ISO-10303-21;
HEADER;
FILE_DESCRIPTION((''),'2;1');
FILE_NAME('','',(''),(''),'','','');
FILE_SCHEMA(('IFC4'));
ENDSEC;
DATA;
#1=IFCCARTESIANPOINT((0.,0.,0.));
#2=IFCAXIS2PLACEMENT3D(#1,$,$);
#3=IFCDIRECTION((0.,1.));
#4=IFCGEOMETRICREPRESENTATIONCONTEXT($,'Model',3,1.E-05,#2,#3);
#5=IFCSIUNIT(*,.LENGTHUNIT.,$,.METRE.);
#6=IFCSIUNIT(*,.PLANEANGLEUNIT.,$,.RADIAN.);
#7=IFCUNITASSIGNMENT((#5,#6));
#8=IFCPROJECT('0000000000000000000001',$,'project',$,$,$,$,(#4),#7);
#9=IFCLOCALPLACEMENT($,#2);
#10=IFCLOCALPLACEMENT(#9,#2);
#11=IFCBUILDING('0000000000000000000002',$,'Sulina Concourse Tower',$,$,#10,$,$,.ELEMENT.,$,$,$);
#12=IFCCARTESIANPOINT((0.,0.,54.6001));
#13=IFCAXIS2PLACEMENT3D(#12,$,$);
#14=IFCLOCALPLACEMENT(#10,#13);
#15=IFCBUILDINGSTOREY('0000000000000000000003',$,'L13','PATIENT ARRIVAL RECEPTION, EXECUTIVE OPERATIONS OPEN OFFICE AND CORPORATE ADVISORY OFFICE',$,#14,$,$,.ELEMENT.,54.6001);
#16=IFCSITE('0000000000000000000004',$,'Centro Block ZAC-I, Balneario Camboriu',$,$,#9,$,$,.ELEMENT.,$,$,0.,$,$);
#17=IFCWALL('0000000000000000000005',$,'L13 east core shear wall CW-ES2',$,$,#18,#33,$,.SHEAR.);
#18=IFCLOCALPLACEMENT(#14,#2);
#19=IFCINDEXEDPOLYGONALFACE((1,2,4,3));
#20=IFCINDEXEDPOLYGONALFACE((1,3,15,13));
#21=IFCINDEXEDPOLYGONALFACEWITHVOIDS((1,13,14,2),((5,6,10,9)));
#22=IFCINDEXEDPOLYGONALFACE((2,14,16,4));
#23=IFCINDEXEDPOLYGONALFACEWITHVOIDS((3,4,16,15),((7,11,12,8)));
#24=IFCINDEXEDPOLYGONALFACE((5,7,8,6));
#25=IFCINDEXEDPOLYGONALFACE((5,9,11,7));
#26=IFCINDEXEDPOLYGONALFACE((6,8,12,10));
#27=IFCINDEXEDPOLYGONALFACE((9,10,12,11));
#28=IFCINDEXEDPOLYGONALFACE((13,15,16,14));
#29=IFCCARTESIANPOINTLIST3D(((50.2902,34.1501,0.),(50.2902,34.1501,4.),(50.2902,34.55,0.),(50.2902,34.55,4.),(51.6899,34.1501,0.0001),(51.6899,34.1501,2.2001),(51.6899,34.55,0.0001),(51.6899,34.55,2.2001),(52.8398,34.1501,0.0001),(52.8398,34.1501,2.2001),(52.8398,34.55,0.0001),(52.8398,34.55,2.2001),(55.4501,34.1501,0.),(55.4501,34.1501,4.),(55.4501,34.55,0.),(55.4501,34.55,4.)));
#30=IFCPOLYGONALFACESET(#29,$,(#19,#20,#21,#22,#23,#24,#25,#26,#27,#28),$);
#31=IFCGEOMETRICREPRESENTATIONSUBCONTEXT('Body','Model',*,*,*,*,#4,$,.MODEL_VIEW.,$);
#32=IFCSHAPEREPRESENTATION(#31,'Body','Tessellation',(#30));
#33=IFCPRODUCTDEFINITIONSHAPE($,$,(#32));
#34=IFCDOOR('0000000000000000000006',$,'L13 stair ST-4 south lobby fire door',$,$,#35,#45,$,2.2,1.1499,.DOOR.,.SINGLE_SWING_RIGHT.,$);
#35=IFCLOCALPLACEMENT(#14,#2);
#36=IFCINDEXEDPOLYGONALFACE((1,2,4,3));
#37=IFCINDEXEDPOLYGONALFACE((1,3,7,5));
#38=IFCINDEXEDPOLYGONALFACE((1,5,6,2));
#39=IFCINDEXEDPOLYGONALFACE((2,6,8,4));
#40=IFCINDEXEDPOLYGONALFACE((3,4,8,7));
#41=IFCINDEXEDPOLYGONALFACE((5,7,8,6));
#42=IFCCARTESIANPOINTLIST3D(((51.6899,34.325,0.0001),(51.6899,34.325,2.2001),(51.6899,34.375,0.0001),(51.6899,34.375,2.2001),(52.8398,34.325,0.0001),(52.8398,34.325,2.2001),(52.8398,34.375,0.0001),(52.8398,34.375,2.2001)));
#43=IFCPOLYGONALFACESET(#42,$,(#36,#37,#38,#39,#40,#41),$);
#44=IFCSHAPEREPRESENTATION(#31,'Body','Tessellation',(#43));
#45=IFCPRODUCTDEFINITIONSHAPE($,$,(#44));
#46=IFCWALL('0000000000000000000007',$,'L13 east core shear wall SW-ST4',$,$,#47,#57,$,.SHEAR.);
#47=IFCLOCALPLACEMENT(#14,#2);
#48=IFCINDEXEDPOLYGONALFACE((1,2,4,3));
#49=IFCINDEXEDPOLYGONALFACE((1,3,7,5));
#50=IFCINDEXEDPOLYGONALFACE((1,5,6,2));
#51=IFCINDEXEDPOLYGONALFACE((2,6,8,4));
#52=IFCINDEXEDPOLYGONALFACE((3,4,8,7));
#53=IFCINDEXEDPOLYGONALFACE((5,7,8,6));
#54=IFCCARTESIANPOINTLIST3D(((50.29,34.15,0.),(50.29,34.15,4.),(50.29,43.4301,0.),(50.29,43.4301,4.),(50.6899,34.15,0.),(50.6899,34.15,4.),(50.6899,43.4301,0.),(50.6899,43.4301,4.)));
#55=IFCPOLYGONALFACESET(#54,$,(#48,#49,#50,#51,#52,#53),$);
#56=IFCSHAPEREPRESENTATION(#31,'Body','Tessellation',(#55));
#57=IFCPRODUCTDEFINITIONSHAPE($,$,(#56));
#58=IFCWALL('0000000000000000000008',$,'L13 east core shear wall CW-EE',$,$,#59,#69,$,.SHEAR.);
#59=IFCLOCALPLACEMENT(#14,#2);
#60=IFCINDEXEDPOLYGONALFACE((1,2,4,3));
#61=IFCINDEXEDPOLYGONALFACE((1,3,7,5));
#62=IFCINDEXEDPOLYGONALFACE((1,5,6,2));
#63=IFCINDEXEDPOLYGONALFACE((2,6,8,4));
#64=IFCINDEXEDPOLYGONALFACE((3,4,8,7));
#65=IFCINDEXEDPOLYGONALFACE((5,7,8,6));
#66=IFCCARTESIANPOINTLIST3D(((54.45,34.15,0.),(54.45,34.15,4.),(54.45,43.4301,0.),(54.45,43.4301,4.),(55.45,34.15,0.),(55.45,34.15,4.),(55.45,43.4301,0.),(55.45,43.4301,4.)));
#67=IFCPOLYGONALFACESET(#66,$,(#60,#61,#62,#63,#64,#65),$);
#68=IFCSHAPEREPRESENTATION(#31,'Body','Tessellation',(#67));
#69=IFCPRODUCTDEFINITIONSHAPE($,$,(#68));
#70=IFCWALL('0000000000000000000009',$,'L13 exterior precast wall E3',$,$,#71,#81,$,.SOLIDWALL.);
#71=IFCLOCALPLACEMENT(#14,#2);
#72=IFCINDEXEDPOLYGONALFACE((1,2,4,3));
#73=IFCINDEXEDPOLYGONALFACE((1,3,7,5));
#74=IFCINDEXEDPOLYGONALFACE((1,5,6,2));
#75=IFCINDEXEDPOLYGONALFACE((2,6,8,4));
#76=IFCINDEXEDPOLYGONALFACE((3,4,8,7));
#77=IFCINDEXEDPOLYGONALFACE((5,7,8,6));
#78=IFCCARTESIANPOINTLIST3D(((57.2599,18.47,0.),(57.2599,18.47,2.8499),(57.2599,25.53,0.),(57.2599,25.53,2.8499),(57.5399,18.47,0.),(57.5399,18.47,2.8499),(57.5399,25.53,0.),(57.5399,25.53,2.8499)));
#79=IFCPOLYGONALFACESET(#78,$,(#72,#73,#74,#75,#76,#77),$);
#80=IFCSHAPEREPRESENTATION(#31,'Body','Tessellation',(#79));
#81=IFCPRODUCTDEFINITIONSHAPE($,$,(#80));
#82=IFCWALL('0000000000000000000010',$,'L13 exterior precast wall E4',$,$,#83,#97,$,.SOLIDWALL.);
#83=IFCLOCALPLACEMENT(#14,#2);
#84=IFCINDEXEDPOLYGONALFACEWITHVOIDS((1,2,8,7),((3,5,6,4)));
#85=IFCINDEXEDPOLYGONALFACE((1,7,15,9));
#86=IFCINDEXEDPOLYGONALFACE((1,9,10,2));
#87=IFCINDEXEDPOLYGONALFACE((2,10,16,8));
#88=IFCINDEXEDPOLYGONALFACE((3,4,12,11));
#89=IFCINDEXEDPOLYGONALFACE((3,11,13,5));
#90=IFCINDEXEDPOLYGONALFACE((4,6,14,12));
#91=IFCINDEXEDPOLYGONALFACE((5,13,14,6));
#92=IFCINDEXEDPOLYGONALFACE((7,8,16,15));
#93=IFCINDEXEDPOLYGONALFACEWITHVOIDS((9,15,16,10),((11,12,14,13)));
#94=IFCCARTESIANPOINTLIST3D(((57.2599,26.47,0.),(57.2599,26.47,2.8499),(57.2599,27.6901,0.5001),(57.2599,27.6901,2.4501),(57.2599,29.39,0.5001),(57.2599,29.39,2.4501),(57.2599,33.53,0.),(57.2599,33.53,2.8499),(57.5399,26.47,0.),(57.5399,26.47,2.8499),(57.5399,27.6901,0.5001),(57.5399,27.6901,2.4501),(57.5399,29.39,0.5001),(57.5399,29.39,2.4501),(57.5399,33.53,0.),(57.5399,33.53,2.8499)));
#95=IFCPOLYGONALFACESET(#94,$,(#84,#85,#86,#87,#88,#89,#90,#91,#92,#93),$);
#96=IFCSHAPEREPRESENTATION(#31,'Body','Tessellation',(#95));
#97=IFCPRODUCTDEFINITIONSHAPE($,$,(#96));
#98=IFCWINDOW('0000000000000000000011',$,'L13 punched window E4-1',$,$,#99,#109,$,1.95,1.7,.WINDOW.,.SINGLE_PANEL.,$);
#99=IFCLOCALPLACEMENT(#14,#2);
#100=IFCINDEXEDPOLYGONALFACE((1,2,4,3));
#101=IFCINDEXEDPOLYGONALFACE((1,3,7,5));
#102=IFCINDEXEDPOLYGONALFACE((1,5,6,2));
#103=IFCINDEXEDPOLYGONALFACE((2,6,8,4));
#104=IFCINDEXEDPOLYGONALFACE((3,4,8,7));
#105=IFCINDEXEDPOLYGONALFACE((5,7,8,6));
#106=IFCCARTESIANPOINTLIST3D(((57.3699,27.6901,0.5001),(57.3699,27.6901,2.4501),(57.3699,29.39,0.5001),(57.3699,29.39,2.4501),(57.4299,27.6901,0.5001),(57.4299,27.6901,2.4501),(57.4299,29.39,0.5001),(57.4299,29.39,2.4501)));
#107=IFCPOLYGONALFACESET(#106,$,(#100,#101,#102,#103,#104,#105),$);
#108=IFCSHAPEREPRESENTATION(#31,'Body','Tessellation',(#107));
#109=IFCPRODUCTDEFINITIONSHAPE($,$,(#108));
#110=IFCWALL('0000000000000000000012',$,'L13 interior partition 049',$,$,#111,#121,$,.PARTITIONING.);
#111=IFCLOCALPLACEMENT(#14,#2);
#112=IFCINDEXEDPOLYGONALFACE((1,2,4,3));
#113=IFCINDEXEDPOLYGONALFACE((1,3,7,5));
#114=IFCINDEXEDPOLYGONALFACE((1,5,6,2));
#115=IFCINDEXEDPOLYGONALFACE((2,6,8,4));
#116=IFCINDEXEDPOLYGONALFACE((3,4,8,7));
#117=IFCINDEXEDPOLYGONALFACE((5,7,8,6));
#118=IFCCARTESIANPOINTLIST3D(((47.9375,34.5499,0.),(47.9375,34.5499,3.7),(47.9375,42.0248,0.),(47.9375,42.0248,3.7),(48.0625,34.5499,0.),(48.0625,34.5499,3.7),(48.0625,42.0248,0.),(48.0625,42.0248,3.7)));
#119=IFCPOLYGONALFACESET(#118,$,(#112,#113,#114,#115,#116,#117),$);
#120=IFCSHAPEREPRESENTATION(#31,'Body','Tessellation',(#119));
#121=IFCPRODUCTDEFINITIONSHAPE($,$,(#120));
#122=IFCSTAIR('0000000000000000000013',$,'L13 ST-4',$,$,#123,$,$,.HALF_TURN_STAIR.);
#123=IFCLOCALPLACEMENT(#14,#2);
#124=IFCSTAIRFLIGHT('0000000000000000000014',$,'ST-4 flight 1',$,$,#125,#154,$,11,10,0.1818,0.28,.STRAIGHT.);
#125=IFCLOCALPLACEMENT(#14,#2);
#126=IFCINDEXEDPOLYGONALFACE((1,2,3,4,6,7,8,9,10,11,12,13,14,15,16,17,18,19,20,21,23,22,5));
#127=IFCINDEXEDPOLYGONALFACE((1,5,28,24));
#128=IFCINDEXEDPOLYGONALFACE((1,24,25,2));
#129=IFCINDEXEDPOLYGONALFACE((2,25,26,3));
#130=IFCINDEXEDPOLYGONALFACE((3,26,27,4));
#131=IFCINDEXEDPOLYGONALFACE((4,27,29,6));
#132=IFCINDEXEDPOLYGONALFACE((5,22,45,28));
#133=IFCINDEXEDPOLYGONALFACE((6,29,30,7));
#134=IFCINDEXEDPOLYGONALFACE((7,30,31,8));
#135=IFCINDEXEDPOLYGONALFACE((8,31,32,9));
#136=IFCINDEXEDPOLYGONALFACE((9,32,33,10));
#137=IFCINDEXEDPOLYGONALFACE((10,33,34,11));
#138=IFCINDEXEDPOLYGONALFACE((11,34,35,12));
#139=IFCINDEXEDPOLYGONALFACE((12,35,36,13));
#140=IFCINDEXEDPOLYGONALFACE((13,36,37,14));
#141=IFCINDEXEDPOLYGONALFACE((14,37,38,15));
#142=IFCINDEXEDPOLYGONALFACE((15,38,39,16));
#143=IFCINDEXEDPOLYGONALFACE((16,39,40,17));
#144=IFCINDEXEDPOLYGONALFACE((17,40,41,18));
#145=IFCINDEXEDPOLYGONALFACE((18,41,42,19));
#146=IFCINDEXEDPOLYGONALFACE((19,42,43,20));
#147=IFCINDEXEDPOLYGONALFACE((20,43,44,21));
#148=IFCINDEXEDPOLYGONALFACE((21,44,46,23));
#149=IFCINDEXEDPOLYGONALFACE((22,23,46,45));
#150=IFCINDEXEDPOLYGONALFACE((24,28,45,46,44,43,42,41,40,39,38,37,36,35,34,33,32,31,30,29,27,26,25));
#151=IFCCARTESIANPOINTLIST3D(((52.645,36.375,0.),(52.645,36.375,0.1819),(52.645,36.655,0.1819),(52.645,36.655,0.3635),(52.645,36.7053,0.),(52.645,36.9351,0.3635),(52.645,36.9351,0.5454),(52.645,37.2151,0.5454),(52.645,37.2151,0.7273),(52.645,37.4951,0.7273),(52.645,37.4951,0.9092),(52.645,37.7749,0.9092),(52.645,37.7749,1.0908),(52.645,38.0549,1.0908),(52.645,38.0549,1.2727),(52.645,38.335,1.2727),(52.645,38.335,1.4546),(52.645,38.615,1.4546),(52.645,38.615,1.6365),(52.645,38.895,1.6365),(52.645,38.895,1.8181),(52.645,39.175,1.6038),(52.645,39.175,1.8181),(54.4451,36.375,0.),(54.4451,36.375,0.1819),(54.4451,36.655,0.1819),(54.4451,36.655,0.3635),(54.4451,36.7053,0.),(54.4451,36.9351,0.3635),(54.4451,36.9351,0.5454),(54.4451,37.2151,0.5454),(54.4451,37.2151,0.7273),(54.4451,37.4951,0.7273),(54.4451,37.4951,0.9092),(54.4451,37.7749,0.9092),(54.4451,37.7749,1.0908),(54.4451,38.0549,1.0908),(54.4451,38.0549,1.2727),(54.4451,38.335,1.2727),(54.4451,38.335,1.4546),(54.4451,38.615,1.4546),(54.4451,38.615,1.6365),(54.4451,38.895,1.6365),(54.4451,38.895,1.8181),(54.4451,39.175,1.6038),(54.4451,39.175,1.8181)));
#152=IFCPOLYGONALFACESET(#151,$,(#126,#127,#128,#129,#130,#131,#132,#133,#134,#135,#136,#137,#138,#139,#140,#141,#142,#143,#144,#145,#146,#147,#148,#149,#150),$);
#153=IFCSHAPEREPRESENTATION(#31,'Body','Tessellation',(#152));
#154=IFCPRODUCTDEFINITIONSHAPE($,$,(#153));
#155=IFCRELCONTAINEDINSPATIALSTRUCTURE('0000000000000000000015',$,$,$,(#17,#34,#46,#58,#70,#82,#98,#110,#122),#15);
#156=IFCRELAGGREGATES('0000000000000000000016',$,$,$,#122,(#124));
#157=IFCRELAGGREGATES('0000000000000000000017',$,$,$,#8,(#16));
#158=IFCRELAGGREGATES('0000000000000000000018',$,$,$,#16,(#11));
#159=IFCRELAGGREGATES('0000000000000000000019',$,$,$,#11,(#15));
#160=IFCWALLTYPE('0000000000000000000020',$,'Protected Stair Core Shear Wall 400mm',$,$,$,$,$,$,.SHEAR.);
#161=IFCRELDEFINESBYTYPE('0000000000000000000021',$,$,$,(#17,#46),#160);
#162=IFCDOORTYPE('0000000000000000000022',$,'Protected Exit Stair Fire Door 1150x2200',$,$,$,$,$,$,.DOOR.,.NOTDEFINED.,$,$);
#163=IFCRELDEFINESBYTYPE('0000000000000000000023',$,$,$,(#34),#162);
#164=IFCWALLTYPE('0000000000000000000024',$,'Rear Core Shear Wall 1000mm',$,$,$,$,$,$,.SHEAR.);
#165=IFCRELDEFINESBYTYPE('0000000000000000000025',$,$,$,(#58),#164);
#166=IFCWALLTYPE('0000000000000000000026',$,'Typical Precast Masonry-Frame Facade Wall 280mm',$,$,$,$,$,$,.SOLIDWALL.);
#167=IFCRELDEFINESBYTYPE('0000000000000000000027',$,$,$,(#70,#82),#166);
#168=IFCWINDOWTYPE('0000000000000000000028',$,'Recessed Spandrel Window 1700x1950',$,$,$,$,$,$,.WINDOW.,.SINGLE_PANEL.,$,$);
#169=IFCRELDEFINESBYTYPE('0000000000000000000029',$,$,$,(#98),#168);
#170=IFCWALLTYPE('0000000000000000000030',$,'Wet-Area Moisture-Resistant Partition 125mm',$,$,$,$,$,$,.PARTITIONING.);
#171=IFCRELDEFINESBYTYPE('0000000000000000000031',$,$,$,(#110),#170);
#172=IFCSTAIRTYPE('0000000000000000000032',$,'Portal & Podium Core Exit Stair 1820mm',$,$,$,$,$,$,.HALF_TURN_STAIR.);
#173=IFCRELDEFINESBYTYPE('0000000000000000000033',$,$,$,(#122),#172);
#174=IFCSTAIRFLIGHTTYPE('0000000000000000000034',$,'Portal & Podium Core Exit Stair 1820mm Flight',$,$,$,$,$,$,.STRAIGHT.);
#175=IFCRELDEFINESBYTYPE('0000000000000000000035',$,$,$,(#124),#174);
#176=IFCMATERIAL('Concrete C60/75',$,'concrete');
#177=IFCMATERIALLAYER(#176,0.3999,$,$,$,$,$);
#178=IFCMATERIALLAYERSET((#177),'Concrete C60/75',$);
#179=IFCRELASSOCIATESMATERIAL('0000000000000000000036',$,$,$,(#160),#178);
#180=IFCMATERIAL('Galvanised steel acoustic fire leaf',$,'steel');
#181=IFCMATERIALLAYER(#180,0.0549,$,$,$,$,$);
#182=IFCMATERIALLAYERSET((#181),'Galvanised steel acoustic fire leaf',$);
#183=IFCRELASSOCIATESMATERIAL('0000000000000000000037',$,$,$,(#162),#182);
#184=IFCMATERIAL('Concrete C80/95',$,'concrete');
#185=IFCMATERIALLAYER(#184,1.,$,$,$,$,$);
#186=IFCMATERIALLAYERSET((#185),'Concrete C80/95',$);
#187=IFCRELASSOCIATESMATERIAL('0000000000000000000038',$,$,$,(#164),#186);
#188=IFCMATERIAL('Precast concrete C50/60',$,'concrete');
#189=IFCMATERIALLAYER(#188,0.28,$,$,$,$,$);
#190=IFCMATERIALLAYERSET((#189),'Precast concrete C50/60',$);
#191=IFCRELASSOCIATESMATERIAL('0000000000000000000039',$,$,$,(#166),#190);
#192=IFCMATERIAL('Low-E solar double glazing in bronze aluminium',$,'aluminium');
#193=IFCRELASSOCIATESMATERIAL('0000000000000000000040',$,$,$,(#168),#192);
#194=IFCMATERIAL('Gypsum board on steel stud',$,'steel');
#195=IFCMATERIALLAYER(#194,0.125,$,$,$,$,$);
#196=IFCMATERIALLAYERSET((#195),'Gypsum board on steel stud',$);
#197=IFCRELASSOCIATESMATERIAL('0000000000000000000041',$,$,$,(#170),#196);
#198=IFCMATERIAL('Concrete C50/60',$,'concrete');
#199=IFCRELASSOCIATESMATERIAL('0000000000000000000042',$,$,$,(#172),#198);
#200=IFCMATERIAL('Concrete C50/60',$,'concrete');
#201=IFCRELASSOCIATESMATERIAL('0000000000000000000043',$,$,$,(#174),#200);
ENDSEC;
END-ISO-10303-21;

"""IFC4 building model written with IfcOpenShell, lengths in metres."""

from ifc_helpers import new_model, si_unit, direction, frame, frame_2d, origin, place, context, subcontext, project, spatial, polyline, rectangle, outline, extrude, material, layer, layer_set, type_object, element, fill, aggregate, save


model = new_model("IFC4")

# Units and contexts
model_context = context("Model", 3, precision=1e-05, world=origin(), true_north=direction((0.0, 1.0)))
body_context = subcontext(model_context, "Body", "Model", "MODEL_VIEW")
ifc_project = project(units=[si_unit("LENGTHUNIT", "METRE"), si_unit("PLANEANGLEUNIT", "RADIAN")], contexts=[model_context])

# Site, building, storey
site_placement = place(None, origin())
site = spatial("IfcSite", under=ifc_project, at=site_placement, Name="Centro Block ZAC-I, Balneario Camboriu", CompositionType="ELEMENT", RefElevation=0.0)
building_placement = place(site_placement, origin())
building = spatial("IfcBuilding", under=site, at=building_placement, Name="Sulina Concourse Tower", CompositionType="ELEMENT")
storey_placement = place(building_placement, frame((0.0, 0.0, 54.6001)))
storey = spatial("IfcBuildingStorey", under=building, at=storey_placement, Name="L13", Description="PATIENT ARRIVAL RECEPTION, EXECUTIVE OPERATIONS OPEN OFFICE AND CORPORATE ADVISORY OFFICE", CompositionType="ELEMENT", Elevation=54.6001)

# Shared definitions
ifc_material_1 = material(Name="Concrete C60/75", Category="concrete")
ifc_layer_1 = layer(ifc_material_1, 0.3999)
ifc_layer_set_1 = layer_set([ifc_layer_1], Name="Concrete C60/75")
wall_type_1 = type_object("IfcWallType", Name="Protected Stair Core Shear Wall 400mm", PredefinedType="SHEAR", material=ifc_layer_set_1)

# Wall, opening, door
wall_1_placement = place(storey_placement, frame((50.29, 34.3501, 0.0), z_axis=(0.0, 0.0, 1.0), x_axis=(1.0, 0.0, 0.0)))
wall_1 = element("IfcWall", 1, at=wall_1_placement, inside=storey, type_object=wall_type_1, Name="L13 east core shear wall CW-ES2", PredefinedType="SHEAR", context=body_context, shape_type="SweptSolid", body=[
    extrude(rectangle(XDim=5.1599, YDim=0.3999, at=frame_2d((2.5801, 0.0))), origin(), (0.0, 0.0, 1.0), 4.0),
])
opening_1_placement = place(wall_1_placement, frame((1.3999, 0.0, 0.0)))
opening_1 = element("IfcOpeningElement", 2, at=opening_1_placement, cuts=wall_1, PredefinedType="OPENING", context=body_context, shape_type="SweptSolid", body=[
    extrude(rectangle(XDim=1.1499, YDim=2.2, at=frame_2d((0.575, 1.1001))), frame((0.0, 0.21, 0.0), z_axis=(0.0, -1.0, 0.0), x_axis=(1.0, 0.0, 0.0)), (0.0, 0.0, 1.0), 0.4199),
])
ifc_material_2 = material(Name="Galvanised steel acoustic fire leaf", Category="steel")
ifc_layer_2 = layer(ifc_material_2, 0.0549)
ifc_layer_set_2 = layer_set([ifc_layer_2], Name="Galvanised steel acoustic fire leaf")
door_type_1 = type_object("IfcDoorType", Name="Protected Exit Stair Fire Door 1150x2200", OperationType="NOTDEFINED", PredefinedType="DOOR", material=ifc_layer_set_2)
door_1_placement = place(opening_1_placement, origin())
door_1 = element("IfcDoor", 3, at=door_1_placement, inside=storey, type_object=door_type_1, Name="L13 stair ST-4 south lobby fire door", OperationType="SINGLE_SWING_RIGHT", OverallHeight=2.2, OverallWidth=1.1499, PredefinedType="DOOR", context=body_context, shape_type="SweptSolid", body=[
    extrude(rectangle(XDim=1.1499, YDim=2.2, at=frame_2d((0.575, 1.1001))), frame((0.0, 0.0249, 0.0), z_axis=(0.0, -1.0, 0.0), x_axis=(1.0, 0.0, 0.0)), (0.0, 0.0, 1.0), 0.05),
])
fill(opening_1, door_1)

# Walls
wall_2_placement = place(storey_placement, frame((50.49, 34.1499, 0.0), z_axis=(0.0, 0.0, 1.0), x_axis=(0.0, 1.0, 0.0)))
element("IfcWall", 4, at=wall_2_placement, inside=storey, type_object=wall_type_1, Name="L13 east core shear wall SW-ST4", PredefinedType="SHEAR", context=body_context, shape_type="SweptSolid", body=[
    extrude(rectangle(XDim=9.28, YDim=0.3999, at=frame_2d((4.6401, 0.0))), origin(), (0.0, 0.0, 1.0), 4.0),
])
ifc_material_3 = material(Name="Concrete C80/95", Category="concrete")
ifc_layer_3 = layer(ifc_material_3, 1.0)
ifc_layer_set_3 = layer_set([ifc_layer_3], Name="Concrete C80/95")
wall_type_2 = type_object("IfcWallType", Name="Rear Core Shear Wall 1000mm", PredefinedType="SHEAR", material=ifc_layer_set_3)
wall_3_placement = place(storey_placement, frame((54.95, 34.1499, 0.0), z_axis=(0.0, 0.0, 1.0), x_axis=(0.0, 1.0, 0.0)))
element("IfcWall", 5, at=wall_3_placement, inside=storey, type_object=wall_type_2, Name="L13 east core shear wall CW-EE", PredefinedType="SHEAR", context=body_context, shape_type="SweptSolid", body=[
    extrude(rectangle(XDim=9.28, YDim=1.0, at=frame_2d((4.6401, 0.0))), origin(), (0.0, 0.0, 1.0), 4.0),
])
ifc_material_4 = material(Name="Precast concrete C50/60", Category="concrete")
ifc_layer_4 = layer(ifc_material_4, 0.28)
ifc_layer_set_4 = layer_set([ifc_layer_4], Name="Precast concrete C50/60")
wall_type_3 = type_object("IfcWallType", Name="Typical Precast Masonry-Frame Facade Wall 280mm", PredefinedType="SOLIDWALL", material=ifc_layer_set_4)
wall_4_placement = place(storey_placement, frame((57.3999, 25.53, 0.0), z_axis=(0.0, 0.0, 1.0), x_axis=(0.0, -1.0, 0.0)))
element("IfcWall", 6, at=wall_4_placement, inside=storey, type_object=wall_type_3, Name="L13 exterior precast wall E3", PredefinedType="SOLIDWALL", context=body_context, shape_type="SweptSolid", body=[
    extrude(rectangle(XDim=7.0601, YDim=0.28, at=frame_2d((3.53, 0.0))), origin(), (0.0, 0.0, 1.0), 2.8499),
])

# Wall, opening, window
wall_5_placement = place(storey_placement, frame((57.3999, 33.53, 0.0), z_axis=(0.0, 0.0, 1.0), x_axis=(0.0, -1.0, 0.0)))
wall_5 = element("IfcWall", 7, at=wall_5_placement, inside=storey, type_object=wall_type_3, Name="L13 exterior precast wall E4", PredefinedType="SOLIDWALL", context=body_context, shape_type="SweptSolid", body=[
    extrude(rectangle(XDim=7.0601, YDim=0.28, at=frame_2d((3.53, 0.0))), origin(), (0.0, 0.0, 1.0), 2.8499),
])
opening_2_placement = place(wall_5_placement, frame((4.1399, 0.0, 0.5)))
opening_2 = element("IfcOpeningElement", 8, at=opening_2_placement, cuts=wall_5, PredefinedType="OPENING", context=body_context, shape_type="SweptSolid", body=[
    extrude(rectangle(XDim=1.7, YDim=1.95, at=frame_2d((0.8501, 0.9751))), frame((0.0, 0.1499, 0.0), z_axis=(0.0, -1.0, 0.0), x_axis=(1.0, 0.0, 0.0)), (0.0, 0.0, 1.0), 0.3),
])
ifc_material_5 = material(Name="Low-E solar double glazing in bronze aluminium", Category="aluminium")
window_type = type_object("IfcWindowType", Name="Recessed Spandrel Window 1700x1950", PartitioningType="SINGLE_PANEL", PredefinedType="WINDOW", material=ifc_material_5)
window_placement = place(opening_2_placement, origin())
window = element("IfcWindow", 9, at=window_placement, inside=storey, type_object=window_type, Name="L13 punched window E4-1", OverallHeight=1.95, OverallWidth=1.7, PartitioningType="SINGLE_PANEL", PredefinedType="WINDOW", context=body_context, shape_type="SweptSolid", body=[
    extrude(rectangle(XDim=1.7, YDim=1.95, at=frame_2d((0.8501, 0.9751))), frame((0.0, 0.03, 0.0), z_axis=(0.0, -1.0, 0.0), x_axis=(1.0, 0.0, 0.0)), (0.0, 0.0, 1.0), 0.0601),
])
fill(opening_2, window)

# Wall
ifc_material_6 = material(Name="Gypsum board on steel stud", Category="steel")
ifc_layer_5 = layer(ifc_material_6, 0.125)
ifc_layer_set_5 = layer_set([ifc_layer_5], Name="Gypsum board on steel stud")
wall_type_4 = type_object("IfcWallType", Name="Wet-Area Moisture-Resistant Partition 125mm", PredefinedType="PARTITIONING", material=ifc_layer_set_5)
wall_6_placement = place(storey_placement, frame((48.0, 34.55, 0.0), z_axis=(0.0, 0.0, 1.0), x_axis=(0.0, 1.0, 0.0)))
element("IfcWall", 10, at=wall_6_placement, inside=storey, type_object=wall_type_4, Name="L13 interior partition 049", PredefinedType="PARTITIONING", context=body_context, shape_type="SweptSolid", body=[
    extrude(rectangle(XDim=7.4749, YDim=0.125, at=frame_2d((3.7373, 0.0))), origin(), (0.0, 0.0, 1.0), 3.7),
])

# Stair, stair flight
ifc_material_7 = material(Name="Concrete C50/60", Category="concrete")
stair_type = type_object("IfcStairType", Name="Portal & Podium Core Exit Stair 1820mm", PredefinedType="HALF_TURN_STAIR", material=ifc_material_7)
stair_placement = place(storey_placement, origin())
stair = element("IfcStair", 11, at=stair_placement, inside=storey, type_object=stair_type, Name="L13 ST-4", PredefinedType="HALF_TURN_STAIR")
ifc_material_8 = material(Name="Concrete C50/60", Category="concrete")
stair_flight_type = type_object("IfcStairFlightType", Name="Portal & Podium Core Exit Stair 1820mm Flight", PredefinedType="STRAIGHT", material=ifc_material_8)
stair_flight_placement = place(storey_placement, frame((53.5449, 36.375, 0.0), z_axis=(0.0, 0.0, 1.0), x_axis=(0.0, 1.0, 0.0)))
stair_flight = element("IfcStairFlight", 12, at=stair_flight_placement, type_object=stair_flight_type, Name="ST-4 flight 1", NumberOfRisers=11, NumberOfTreads=10, PredefinedType="STRAIGHT", RiserHeight=0.1818, TreadLength=0.28, context=body_context, shape_type="SweptSolid", body=[
    extrude(outline(polyline([(0.0, 0.0), (0.0, 0.1819), (0.28, 0.1819), (0.28, 0.3635), (0.5601, 0.3635), (0.5601, 0.5454), (0.8401, 0.5454), (0.8401, 0.7273), (1.1201, 0.7273), (1.1201, 0.9092), (1.3999, 0.9092), (1.3999, 1.0908), (1.6799, 1.0908), (1.6799, 1.2727), (1.96, 1.2727), (1.96, 1.4546), (2.24, 1.4546), (2.24, 1.6365), (2.52, 1.6365), (2.52, 1.8181), (2.8, 1.8181), (2.8, 2.0), (2.8, 1.6038), (0.3303, 0.0), (0.0, 0.0)])), frame((0.0, 0.8999, 0.0), z_axis=(0.0, -1.0, 0.0), x_axis=(1.0, 0.0, 0.0)), (0.0, 0.0, 1.0), 1.8),
])
aggregate(stair, [stair_flight])

save(model, "model.ifc")
